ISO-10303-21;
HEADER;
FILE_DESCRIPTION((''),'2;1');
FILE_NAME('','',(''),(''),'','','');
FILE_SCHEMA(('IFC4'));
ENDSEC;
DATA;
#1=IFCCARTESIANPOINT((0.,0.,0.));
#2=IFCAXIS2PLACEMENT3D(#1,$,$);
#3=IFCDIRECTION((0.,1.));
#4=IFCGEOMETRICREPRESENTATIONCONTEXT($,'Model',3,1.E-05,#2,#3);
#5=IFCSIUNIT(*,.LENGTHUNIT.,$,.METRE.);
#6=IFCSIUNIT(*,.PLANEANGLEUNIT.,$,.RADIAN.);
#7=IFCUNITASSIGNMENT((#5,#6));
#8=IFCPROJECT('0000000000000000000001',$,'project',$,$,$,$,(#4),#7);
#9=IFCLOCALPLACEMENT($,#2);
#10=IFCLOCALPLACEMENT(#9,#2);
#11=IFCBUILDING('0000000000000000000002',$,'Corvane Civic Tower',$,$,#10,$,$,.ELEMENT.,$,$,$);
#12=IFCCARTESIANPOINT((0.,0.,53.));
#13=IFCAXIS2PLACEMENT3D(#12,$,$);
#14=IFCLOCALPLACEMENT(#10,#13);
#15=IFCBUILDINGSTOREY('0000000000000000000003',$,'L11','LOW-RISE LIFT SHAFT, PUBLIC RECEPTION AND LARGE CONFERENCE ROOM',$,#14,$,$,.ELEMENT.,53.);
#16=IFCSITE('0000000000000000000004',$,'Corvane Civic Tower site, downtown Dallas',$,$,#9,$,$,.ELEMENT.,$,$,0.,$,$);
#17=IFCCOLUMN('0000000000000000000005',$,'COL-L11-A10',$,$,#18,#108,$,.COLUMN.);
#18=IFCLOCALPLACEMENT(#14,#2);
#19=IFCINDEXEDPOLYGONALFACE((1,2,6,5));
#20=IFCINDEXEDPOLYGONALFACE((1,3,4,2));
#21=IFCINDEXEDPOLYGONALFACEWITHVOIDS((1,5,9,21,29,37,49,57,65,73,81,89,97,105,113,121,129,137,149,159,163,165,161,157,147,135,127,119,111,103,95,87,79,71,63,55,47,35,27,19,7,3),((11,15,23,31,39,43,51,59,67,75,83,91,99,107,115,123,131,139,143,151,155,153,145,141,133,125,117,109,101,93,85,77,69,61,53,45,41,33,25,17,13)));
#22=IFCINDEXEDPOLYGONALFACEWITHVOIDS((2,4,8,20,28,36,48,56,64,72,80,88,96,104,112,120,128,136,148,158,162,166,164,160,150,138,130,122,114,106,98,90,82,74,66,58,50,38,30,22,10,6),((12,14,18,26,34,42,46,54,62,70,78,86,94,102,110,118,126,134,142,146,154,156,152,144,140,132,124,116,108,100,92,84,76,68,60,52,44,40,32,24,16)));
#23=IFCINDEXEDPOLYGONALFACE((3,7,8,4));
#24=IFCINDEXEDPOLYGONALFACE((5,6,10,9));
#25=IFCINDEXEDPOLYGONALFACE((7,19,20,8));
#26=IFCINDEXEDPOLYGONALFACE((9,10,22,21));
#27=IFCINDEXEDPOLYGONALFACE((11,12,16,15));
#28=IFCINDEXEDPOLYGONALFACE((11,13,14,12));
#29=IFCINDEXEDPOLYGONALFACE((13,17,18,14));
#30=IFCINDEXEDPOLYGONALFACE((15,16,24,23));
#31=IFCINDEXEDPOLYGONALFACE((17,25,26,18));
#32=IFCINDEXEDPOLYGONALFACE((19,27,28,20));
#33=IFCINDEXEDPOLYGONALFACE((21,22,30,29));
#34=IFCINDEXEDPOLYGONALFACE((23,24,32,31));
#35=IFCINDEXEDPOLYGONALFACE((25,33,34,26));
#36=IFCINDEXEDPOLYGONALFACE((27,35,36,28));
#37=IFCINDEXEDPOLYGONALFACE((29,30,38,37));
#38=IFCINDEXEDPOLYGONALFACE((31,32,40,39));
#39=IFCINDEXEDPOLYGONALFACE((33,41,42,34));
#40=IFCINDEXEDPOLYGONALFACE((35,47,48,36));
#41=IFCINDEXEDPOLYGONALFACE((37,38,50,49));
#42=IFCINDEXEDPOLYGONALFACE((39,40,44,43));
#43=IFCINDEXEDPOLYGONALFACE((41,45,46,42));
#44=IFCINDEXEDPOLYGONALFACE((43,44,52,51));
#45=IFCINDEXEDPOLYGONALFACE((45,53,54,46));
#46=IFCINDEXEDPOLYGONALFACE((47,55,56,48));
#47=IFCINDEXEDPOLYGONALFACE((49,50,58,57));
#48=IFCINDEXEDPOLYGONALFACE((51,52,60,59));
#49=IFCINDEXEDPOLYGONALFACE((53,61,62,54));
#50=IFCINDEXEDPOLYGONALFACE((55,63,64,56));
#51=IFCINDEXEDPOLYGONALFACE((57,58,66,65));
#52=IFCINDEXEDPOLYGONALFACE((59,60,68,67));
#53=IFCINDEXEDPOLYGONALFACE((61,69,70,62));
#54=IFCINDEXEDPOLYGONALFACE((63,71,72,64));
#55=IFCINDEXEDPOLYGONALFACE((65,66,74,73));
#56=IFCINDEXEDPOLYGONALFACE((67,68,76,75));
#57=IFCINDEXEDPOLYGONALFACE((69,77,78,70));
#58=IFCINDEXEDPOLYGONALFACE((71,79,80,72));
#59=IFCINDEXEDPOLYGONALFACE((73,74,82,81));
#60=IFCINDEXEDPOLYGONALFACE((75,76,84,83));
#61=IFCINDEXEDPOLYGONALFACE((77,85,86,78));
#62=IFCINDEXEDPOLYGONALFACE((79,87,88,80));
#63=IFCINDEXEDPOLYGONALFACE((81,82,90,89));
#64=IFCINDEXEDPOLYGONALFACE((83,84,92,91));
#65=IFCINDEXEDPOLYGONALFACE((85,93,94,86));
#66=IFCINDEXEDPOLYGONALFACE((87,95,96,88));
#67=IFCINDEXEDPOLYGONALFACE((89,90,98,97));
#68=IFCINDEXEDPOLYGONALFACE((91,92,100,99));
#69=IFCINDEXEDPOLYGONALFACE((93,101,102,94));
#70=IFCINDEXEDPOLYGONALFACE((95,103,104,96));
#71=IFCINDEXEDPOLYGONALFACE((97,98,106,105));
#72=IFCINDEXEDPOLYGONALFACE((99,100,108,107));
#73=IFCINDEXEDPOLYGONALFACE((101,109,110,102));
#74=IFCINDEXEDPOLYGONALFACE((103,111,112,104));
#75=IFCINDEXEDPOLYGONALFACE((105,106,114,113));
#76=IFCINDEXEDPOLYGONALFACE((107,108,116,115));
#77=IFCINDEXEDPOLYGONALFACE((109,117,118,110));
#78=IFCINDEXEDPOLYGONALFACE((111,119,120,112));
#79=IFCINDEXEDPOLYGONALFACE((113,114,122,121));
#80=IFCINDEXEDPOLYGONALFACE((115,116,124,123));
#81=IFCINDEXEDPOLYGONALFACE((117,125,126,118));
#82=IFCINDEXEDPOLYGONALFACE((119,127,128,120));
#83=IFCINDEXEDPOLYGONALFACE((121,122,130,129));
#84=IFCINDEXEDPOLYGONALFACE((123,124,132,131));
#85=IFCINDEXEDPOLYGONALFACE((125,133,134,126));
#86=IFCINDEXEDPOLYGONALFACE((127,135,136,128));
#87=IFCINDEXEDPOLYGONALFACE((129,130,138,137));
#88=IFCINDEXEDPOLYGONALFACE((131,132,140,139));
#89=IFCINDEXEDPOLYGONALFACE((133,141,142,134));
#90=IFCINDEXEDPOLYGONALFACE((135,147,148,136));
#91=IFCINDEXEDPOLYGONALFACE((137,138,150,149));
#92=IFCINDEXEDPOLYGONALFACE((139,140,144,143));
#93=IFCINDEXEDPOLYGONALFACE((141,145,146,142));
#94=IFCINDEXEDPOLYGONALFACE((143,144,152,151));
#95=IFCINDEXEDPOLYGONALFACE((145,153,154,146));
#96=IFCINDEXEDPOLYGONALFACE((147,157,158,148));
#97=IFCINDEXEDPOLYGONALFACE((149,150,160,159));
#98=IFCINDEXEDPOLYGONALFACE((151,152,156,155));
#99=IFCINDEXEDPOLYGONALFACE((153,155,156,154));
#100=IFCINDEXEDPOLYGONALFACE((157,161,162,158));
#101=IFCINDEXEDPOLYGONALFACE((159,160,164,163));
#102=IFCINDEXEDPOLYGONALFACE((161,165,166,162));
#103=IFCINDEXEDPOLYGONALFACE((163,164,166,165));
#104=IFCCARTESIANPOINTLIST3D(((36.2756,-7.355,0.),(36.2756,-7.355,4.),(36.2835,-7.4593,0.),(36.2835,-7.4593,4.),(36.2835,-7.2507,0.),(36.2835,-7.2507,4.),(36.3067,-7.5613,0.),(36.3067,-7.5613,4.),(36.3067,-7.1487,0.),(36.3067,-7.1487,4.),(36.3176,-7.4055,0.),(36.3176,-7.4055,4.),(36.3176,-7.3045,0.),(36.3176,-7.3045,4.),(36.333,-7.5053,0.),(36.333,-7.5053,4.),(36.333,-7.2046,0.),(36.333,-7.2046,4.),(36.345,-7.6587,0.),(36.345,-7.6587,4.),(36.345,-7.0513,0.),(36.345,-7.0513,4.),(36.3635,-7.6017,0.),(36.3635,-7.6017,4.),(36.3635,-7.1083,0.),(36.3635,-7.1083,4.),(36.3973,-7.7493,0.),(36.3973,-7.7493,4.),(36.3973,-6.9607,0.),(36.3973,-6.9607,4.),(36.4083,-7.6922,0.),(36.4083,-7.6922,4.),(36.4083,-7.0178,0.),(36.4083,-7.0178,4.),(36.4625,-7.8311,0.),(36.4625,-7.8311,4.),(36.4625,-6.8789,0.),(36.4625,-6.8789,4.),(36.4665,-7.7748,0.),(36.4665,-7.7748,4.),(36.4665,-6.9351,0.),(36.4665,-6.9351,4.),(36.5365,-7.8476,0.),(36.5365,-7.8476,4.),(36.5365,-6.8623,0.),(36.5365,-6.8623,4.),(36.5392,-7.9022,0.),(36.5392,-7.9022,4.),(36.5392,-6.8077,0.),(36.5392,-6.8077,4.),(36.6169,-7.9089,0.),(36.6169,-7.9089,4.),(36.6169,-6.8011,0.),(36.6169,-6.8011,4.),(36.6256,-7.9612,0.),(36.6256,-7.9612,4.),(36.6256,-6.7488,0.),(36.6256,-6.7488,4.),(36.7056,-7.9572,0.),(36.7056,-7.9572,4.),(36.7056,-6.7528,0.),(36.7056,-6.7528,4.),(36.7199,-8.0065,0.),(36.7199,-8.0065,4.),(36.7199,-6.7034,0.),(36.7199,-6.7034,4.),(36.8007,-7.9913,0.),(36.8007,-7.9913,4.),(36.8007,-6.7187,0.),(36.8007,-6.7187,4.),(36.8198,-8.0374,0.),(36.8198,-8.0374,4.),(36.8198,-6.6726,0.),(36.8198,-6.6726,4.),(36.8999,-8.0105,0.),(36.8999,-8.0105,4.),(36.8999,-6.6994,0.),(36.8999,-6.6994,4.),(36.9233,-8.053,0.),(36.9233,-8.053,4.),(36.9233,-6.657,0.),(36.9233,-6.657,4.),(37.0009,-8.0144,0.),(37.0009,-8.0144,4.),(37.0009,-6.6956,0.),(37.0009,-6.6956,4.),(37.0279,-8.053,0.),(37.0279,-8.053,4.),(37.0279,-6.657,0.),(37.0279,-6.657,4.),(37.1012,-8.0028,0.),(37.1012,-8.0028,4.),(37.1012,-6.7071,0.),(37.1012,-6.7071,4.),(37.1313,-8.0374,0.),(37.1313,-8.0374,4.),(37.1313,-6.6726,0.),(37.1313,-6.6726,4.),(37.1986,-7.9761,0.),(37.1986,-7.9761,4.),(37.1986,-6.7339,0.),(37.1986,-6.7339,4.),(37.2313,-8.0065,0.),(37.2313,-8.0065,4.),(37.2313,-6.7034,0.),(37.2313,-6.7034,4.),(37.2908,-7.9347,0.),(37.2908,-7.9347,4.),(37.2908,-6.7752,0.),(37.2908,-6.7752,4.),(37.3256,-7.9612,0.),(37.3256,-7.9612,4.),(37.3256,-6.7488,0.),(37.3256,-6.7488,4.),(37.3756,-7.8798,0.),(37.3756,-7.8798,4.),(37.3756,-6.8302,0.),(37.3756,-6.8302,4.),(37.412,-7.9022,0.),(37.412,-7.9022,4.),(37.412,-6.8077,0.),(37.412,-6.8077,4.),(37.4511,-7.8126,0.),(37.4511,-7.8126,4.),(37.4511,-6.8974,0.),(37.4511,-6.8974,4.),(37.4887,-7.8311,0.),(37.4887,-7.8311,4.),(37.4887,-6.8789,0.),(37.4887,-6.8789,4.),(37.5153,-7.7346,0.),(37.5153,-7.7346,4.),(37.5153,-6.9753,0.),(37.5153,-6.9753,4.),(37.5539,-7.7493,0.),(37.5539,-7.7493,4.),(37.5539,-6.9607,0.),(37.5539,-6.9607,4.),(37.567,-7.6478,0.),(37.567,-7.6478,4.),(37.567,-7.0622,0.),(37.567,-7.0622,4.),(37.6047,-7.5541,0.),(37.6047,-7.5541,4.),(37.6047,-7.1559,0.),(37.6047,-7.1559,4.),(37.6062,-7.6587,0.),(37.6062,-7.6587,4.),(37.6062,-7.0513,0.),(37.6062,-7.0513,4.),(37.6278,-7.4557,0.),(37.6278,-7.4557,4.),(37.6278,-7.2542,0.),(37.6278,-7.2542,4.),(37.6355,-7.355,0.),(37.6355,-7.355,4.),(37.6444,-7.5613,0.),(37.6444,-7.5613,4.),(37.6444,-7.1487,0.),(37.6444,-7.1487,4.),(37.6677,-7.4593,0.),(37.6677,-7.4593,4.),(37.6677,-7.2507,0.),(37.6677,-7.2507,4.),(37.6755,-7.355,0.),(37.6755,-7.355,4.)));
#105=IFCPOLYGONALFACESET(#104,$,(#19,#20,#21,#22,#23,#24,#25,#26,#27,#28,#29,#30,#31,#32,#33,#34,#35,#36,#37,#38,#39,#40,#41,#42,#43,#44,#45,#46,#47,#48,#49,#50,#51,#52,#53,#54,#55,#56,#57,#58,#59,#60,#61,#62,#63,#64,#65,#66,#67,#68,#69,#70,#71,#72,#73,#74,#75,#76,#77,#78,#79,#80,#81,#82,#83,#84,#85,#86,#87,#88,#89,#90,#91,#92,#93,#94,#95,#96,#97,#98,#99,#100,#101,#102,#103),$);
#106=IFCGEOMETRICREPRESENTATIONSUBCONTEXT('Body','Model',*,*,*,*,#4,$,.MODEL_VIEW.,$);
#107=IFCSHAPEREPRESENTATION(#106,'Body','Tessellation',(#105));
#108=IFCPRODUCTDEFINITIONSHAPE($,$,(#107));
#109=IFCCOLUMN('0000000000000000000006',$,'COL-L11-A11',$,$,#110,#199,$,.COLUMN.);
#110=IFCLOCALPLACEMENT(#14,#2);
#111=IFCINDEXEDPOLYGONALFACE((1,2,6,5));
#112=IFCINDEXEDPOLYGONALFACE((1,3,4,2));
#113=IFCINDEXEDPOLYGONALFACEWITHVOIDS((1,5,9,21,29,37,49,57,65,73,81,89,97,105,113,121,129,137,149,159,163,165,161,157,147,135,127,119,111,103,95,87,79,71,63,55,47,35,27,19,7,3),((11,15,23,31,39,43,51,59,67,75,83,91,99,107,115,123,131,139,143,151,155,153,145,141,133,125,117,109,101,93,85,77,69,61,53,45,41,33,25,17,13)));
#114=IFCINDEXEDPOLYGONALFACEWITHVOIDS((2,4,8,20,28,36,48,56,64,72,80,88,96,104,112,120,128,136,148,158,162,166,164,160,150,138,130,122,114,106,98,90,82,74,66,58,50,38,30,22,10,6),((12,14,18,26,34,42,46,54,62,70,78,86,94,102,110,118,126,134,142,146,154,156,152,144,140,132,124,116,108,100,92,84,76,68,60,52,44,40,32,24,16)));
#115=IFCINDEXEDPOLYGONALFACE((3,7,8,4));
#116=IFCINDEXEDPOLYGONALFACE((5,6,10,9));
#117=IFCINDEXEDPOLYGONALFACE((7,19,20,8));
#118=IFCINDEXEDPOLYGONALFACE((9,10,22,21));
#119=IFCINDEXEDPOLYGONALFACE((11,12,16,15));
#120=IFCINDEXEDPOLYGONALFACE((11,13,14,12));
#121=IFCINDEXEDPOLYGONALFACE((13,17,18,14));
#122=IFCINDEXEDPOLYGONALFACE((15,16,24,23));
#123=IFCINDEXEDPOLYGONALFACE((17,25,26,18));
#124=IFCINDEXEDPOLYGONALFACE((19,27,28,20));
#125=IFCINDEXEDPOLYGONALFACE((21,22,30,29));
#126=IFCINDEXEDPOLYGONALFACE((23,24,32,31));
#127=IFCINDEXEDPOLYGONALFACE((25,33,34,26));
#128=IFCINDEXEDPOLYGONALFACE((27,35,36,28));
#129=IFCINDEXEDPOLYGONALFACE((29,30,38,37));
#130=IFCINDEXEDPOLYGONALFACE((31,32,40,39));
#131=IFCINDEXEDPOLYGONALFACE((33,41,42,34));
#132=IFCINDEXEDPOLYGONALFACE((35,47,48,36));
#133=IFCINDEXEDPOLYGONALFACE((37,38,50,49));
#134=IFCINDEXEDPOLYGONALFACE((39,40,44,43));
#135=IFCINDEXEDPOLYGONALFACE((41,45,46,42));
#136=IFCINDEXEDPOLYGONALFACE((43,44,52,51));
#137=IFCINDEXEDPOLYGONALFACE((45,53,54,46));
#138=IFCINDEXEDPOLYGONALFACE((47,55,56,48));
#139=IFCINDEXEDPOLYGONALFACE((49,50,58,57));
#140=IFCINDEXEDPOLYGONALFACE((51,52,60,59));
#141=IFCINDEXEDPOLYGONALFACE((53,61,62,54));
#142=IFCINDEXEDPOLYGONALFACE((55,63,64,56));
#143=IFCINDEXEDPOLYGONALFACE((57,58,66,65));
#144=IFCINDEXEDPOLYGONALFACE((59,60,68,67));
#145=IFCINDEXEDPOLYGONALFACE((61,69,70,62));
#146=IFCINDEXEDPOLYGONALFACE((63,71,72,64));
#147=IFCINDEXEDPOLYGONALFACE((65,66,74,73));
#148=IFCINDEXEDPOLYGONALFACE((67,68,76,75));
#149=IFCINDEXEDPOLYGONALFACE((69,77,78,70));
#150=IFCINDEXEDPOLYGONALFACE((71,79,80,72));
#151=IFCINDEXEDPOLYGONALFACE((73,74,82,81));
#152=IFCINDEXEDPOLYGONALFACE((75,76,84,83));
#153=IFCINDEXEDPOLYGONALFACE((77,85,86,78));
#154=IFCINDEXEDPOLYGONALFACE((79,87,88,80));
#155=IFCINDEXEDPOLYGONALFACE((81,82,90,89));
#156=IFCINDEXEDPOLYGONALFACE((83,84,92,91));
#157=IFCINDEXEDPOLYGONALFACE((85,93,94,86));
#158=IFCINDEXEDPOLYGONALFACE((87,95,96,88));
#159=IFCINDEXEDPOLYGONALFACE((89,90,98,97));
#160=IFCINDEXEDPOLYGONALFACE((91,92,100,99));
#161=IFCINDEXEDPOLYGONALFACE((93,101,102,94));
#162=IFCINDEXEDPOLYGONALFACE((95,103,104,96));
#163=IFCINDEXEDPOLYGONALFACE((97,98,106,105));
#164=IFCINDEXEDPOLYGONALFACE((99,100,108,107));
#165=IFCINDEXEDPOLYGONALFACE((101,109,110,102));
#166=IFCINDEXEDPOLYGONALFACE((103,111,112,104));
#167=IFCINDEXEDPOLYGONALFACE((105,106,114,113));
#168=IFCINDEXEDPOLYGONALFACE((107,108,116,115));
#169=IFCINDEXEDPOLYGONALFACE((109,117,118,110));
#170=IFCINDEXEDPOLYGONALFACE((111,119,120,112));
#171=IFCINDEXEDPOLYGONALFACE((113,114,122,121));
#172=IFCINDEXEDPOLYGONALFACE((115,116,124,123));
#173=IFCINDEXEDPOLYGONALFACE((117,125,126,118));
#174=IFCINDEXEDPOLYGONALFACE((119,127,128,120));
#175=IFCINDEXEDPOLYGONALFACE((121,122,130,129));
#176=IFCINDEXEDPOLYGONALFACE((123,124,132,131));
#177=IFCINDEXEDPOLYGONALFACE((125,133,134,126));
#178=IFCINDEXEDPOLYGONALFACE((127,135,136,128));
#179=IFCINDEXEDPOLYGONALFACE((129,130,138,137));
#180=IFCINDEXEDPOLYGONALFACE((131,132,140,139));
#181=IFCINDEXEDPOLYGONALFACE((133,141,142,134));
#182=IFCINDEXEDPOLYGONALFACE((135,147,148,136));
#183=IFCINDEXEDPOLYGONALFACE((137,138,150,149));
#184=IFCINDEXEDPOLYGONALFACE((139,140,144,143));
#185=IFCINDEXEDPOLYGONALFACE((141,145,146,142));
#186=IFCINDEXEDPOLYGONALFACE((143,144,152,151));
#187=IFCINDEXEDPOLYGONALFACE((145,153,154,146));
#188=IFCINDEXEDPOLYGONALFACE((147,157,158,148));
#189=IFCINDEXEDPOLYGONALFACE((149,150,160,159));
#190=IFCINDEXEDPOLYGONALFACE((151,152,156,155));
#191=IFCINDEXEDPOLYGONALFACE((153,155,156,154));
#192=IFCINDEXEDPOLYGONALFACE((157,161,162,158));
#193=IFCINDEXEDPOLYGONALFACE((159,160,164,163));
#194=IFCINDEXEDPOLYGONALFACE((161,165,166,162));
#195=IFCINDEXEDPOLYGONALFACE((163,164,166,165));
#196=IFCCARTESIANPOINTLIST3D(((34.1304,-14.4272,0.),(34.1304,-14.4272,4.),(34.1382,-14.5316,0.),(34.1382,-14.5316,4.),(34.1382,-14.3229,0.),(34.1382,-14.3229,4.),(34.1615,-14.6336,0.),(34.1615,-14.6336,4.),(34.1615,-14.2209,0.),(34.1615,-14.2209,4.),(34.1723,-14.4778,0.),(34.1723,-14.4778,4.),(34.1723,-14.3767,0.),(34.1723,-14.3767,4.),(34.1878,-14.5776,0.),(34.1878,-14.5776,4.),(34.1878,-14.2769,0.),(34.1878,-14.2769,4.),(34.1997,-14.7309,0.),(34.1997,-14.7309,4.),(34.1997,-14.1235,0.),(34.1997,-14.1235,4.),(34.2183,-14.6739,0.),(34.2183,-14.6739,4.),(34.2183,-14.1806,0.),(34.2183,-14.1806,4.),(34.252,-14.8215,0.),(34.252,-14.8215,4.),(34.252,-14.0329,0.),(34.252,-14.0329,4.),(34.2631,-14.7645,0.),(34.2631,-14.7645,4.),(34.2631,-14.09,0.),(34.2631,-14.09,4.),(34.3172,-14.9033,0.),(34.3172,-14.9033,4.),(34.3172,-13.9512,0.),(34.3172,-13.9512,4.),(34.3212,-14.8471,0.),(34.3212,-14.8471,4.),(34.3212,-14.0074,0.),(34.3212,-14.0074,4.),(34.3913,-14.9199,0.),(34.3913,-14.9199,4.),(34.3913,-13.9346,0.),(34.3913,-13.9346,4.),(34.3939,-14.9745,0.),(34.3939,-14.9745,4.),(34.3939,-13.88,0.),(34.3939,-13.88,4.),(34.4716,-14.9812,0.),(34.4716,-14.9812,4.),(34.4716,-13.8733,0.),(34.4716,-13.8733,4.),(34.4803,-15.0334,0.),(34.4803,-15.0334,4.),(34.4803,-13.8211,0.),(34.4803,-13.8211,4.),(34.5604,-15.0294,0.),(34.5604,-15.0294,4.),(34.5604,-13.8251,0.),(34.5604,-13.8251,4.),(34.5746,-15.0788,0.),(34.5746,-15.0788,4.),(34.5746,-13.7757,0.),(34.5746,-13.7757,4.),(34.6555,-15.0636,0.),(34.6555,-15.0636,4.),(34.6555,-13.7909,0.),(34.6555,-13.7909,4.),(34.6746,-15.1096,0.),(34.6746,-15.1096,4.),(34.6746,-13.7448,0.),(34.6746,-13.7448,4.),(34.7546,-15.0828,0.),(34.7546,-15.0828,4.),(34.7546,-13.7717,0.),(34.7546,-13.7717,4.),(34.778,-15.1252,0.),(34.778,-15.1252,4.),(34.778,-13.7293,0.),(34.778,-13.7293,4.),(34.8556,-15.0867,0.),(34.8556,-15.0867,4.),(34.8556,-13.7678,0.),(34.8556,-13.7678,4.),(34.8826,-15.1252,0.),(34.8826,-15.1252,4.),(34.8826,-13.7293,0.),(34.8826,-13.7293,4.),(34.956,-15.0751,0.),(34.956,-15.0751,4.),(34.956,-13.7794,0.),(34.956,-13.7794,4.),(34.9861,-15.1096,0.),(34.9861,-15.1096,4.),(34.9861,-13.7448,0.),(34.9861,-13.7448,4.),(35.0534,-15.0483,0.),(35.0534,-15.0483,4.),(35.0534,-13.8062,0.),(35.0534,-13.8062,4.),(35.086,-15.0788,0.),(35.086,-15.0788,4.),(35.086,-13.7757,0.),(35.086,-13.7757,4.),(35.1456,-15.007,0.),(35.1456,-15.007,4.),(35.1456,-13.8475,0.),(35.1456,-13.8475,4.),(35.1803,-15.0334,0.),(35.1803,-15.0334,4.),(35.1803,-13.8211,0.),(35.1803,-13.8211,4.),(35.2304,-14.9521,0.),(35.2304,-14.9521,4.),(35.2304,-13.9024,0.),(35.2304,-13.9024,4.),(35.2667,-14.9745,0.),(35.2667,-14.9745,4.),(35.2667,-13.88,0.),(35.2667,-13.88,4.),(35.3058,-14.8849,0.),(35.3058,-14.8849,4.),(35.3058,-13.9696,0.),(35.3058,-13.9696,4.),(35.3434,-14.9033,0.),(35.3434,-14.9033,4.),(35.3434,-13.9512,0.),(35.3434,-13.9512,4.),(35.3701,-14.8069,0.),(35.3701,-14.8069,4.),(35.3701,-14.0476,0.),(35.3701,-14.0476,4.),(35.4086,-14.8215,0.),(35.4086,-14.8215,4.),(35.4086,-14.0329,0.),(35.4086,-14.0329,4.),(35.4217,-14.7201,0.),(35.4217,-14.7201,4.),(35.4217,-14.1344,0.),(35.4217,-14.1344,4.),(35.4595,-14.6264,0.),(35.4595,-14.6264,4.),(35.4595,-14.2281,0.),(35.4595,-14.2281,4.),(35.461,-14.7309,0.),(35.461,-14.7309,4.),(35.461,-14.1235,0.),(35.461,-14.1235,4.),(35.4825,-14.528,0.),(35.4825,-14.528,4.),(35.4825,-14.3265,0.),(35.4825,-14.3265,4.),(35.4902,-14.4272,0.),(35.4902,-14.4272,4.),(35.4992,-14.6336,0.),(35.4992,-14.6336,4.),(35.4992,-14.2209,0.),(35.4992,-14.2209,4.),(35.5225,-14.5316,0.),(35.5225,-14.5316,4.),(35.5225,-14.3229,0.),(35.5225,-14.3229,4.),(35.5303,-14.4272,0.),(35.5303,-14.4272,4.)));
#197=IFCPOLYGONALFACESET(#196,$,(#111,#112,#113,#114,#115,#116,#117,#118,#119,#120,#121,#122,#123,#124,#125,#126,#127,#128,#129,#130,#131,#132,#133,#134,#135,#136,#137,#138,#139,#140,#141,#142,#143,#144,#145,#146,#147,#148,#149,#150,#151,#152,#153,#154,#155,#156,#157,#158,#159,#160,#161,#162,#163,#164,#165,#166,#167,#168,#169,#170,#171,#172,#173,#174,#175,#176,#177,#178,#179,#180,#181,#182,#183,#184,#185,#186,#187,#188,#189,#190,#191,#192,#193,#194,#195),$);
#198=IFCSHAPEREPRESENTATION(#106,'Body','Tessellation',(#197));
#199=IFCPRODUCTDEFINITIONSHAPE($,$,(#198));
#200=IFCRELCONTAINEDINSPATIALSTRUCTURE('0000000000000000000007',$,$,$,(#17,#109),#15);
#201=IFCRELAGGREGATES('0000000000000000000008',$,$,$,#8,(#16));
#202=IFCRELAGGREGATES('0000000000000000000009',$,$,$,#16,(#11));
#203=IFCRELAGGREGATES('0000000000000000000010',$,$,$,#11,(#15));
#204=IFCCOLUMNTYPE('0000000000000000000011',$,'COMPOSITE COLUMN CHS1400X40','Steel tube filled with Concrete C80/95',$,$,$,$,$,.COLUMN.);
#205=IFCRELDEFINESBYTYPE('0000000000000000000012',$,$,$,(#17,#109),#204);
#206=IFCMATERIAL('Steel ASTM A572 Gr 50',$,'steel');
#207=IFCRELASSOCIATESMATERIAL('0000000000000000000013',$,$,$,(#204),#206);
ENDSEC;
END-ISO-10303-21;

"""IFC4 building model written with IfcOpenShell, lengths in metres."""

from ifc_helpers import new_model, si_unit, direction, frame, origin, origin_2d, place, context, subcontext, project, spatial, hollow_circle, extrude, material, material_profile, profile_set, type_object, element, save


model = new_model("IFC4")

# Units and contexts
model_context = context("Model", 3, precision=1e-05, world=origin(), true_north=direction((0.0, 1.0)))
body_context = subcontext(model_context, "Body", "Model", "MODEL_VIEW")
ifc_project = project(units=[si_unit("LENGTHUNIT", "METRE"), si_unit("PLANEANGLEUNIT", "RADIAN")], contexts=[model_context])

# Site, building, storey
site_placement = place(None, origin())
site = spatial("IfcSite", under=ifc_project, at=site_placement, Name="Corvane Civic Tower site, downtown Dallas", CompositionType="ELEMENT", RefElevation=0.0)
building_placement = place(site_placement, origin())
building = spatial("IfcBuilding", under=site, at=building_placement, Name="Corvane Civic Tower", CompositionType="ELEMENT")
storey_placement = place(building_placement, frame((0.0, 0.0, 53.0)))
storey = spatial("IfcBuildingStorey", under=building, at=storey_placement, Name="L11", Description="LOW-RISE LIFT SHAFT, PUBLIC RECEPTION AND LARGE CONFERENCE ROOM", CompositionType="ELEMENT", Elevation=53.0)

# Columns
ifc_material_1 = material(Name="Steel ASTM A572 Gr 50", Category="steel")
ifc_material_profile_1 = material_profile(ifc_material_1, hollow_circle(Radius=0.7, WallThickness=0.04, at=origin_2d()), Name="CHS1400X40")
ifc_profile_set_1 = profile_set([ifc_material_profile_1], Name="Steel ASTM A572 Gr 50")
column_type = type_object("IfcColumnType", Name="COMPOSITE COLUMN CHS1400X40", Description="Steel tube filled with Concrete C80/95", PredefinedType="COLUMN", material=ifc_profile_set_1)
for number, where, z_axis, x_axis, name in (
    (1, (36.9756, -7.355, 0.0), (0.0, 0.0, 1.0), (1.0, 0.0, 0.0), "COL-L11-A10"),
    (2, (34.8303, -14.4272, 0.0), (0.0, 0.0, 1.0), (1.0, 0.0, 0.0), "COL-L11-A11"),
):
    element("IfcColumn", number, at=place(storey_placement, frame(where, z_axis=z_axis, x_axis=x_axis)), inside=storey, type_object=column_type, Name=name, PredefinedType="COLUMN", context=body_context, shape_type="SweptSolid", body=[
        extrude(hollow_circle(Radius=0.7, WallThickness=0.04, at=origin_2d()), origin(), (0.0, 0.0, 1.0), 4.0),
    ])

save(model, "model.ifc")
